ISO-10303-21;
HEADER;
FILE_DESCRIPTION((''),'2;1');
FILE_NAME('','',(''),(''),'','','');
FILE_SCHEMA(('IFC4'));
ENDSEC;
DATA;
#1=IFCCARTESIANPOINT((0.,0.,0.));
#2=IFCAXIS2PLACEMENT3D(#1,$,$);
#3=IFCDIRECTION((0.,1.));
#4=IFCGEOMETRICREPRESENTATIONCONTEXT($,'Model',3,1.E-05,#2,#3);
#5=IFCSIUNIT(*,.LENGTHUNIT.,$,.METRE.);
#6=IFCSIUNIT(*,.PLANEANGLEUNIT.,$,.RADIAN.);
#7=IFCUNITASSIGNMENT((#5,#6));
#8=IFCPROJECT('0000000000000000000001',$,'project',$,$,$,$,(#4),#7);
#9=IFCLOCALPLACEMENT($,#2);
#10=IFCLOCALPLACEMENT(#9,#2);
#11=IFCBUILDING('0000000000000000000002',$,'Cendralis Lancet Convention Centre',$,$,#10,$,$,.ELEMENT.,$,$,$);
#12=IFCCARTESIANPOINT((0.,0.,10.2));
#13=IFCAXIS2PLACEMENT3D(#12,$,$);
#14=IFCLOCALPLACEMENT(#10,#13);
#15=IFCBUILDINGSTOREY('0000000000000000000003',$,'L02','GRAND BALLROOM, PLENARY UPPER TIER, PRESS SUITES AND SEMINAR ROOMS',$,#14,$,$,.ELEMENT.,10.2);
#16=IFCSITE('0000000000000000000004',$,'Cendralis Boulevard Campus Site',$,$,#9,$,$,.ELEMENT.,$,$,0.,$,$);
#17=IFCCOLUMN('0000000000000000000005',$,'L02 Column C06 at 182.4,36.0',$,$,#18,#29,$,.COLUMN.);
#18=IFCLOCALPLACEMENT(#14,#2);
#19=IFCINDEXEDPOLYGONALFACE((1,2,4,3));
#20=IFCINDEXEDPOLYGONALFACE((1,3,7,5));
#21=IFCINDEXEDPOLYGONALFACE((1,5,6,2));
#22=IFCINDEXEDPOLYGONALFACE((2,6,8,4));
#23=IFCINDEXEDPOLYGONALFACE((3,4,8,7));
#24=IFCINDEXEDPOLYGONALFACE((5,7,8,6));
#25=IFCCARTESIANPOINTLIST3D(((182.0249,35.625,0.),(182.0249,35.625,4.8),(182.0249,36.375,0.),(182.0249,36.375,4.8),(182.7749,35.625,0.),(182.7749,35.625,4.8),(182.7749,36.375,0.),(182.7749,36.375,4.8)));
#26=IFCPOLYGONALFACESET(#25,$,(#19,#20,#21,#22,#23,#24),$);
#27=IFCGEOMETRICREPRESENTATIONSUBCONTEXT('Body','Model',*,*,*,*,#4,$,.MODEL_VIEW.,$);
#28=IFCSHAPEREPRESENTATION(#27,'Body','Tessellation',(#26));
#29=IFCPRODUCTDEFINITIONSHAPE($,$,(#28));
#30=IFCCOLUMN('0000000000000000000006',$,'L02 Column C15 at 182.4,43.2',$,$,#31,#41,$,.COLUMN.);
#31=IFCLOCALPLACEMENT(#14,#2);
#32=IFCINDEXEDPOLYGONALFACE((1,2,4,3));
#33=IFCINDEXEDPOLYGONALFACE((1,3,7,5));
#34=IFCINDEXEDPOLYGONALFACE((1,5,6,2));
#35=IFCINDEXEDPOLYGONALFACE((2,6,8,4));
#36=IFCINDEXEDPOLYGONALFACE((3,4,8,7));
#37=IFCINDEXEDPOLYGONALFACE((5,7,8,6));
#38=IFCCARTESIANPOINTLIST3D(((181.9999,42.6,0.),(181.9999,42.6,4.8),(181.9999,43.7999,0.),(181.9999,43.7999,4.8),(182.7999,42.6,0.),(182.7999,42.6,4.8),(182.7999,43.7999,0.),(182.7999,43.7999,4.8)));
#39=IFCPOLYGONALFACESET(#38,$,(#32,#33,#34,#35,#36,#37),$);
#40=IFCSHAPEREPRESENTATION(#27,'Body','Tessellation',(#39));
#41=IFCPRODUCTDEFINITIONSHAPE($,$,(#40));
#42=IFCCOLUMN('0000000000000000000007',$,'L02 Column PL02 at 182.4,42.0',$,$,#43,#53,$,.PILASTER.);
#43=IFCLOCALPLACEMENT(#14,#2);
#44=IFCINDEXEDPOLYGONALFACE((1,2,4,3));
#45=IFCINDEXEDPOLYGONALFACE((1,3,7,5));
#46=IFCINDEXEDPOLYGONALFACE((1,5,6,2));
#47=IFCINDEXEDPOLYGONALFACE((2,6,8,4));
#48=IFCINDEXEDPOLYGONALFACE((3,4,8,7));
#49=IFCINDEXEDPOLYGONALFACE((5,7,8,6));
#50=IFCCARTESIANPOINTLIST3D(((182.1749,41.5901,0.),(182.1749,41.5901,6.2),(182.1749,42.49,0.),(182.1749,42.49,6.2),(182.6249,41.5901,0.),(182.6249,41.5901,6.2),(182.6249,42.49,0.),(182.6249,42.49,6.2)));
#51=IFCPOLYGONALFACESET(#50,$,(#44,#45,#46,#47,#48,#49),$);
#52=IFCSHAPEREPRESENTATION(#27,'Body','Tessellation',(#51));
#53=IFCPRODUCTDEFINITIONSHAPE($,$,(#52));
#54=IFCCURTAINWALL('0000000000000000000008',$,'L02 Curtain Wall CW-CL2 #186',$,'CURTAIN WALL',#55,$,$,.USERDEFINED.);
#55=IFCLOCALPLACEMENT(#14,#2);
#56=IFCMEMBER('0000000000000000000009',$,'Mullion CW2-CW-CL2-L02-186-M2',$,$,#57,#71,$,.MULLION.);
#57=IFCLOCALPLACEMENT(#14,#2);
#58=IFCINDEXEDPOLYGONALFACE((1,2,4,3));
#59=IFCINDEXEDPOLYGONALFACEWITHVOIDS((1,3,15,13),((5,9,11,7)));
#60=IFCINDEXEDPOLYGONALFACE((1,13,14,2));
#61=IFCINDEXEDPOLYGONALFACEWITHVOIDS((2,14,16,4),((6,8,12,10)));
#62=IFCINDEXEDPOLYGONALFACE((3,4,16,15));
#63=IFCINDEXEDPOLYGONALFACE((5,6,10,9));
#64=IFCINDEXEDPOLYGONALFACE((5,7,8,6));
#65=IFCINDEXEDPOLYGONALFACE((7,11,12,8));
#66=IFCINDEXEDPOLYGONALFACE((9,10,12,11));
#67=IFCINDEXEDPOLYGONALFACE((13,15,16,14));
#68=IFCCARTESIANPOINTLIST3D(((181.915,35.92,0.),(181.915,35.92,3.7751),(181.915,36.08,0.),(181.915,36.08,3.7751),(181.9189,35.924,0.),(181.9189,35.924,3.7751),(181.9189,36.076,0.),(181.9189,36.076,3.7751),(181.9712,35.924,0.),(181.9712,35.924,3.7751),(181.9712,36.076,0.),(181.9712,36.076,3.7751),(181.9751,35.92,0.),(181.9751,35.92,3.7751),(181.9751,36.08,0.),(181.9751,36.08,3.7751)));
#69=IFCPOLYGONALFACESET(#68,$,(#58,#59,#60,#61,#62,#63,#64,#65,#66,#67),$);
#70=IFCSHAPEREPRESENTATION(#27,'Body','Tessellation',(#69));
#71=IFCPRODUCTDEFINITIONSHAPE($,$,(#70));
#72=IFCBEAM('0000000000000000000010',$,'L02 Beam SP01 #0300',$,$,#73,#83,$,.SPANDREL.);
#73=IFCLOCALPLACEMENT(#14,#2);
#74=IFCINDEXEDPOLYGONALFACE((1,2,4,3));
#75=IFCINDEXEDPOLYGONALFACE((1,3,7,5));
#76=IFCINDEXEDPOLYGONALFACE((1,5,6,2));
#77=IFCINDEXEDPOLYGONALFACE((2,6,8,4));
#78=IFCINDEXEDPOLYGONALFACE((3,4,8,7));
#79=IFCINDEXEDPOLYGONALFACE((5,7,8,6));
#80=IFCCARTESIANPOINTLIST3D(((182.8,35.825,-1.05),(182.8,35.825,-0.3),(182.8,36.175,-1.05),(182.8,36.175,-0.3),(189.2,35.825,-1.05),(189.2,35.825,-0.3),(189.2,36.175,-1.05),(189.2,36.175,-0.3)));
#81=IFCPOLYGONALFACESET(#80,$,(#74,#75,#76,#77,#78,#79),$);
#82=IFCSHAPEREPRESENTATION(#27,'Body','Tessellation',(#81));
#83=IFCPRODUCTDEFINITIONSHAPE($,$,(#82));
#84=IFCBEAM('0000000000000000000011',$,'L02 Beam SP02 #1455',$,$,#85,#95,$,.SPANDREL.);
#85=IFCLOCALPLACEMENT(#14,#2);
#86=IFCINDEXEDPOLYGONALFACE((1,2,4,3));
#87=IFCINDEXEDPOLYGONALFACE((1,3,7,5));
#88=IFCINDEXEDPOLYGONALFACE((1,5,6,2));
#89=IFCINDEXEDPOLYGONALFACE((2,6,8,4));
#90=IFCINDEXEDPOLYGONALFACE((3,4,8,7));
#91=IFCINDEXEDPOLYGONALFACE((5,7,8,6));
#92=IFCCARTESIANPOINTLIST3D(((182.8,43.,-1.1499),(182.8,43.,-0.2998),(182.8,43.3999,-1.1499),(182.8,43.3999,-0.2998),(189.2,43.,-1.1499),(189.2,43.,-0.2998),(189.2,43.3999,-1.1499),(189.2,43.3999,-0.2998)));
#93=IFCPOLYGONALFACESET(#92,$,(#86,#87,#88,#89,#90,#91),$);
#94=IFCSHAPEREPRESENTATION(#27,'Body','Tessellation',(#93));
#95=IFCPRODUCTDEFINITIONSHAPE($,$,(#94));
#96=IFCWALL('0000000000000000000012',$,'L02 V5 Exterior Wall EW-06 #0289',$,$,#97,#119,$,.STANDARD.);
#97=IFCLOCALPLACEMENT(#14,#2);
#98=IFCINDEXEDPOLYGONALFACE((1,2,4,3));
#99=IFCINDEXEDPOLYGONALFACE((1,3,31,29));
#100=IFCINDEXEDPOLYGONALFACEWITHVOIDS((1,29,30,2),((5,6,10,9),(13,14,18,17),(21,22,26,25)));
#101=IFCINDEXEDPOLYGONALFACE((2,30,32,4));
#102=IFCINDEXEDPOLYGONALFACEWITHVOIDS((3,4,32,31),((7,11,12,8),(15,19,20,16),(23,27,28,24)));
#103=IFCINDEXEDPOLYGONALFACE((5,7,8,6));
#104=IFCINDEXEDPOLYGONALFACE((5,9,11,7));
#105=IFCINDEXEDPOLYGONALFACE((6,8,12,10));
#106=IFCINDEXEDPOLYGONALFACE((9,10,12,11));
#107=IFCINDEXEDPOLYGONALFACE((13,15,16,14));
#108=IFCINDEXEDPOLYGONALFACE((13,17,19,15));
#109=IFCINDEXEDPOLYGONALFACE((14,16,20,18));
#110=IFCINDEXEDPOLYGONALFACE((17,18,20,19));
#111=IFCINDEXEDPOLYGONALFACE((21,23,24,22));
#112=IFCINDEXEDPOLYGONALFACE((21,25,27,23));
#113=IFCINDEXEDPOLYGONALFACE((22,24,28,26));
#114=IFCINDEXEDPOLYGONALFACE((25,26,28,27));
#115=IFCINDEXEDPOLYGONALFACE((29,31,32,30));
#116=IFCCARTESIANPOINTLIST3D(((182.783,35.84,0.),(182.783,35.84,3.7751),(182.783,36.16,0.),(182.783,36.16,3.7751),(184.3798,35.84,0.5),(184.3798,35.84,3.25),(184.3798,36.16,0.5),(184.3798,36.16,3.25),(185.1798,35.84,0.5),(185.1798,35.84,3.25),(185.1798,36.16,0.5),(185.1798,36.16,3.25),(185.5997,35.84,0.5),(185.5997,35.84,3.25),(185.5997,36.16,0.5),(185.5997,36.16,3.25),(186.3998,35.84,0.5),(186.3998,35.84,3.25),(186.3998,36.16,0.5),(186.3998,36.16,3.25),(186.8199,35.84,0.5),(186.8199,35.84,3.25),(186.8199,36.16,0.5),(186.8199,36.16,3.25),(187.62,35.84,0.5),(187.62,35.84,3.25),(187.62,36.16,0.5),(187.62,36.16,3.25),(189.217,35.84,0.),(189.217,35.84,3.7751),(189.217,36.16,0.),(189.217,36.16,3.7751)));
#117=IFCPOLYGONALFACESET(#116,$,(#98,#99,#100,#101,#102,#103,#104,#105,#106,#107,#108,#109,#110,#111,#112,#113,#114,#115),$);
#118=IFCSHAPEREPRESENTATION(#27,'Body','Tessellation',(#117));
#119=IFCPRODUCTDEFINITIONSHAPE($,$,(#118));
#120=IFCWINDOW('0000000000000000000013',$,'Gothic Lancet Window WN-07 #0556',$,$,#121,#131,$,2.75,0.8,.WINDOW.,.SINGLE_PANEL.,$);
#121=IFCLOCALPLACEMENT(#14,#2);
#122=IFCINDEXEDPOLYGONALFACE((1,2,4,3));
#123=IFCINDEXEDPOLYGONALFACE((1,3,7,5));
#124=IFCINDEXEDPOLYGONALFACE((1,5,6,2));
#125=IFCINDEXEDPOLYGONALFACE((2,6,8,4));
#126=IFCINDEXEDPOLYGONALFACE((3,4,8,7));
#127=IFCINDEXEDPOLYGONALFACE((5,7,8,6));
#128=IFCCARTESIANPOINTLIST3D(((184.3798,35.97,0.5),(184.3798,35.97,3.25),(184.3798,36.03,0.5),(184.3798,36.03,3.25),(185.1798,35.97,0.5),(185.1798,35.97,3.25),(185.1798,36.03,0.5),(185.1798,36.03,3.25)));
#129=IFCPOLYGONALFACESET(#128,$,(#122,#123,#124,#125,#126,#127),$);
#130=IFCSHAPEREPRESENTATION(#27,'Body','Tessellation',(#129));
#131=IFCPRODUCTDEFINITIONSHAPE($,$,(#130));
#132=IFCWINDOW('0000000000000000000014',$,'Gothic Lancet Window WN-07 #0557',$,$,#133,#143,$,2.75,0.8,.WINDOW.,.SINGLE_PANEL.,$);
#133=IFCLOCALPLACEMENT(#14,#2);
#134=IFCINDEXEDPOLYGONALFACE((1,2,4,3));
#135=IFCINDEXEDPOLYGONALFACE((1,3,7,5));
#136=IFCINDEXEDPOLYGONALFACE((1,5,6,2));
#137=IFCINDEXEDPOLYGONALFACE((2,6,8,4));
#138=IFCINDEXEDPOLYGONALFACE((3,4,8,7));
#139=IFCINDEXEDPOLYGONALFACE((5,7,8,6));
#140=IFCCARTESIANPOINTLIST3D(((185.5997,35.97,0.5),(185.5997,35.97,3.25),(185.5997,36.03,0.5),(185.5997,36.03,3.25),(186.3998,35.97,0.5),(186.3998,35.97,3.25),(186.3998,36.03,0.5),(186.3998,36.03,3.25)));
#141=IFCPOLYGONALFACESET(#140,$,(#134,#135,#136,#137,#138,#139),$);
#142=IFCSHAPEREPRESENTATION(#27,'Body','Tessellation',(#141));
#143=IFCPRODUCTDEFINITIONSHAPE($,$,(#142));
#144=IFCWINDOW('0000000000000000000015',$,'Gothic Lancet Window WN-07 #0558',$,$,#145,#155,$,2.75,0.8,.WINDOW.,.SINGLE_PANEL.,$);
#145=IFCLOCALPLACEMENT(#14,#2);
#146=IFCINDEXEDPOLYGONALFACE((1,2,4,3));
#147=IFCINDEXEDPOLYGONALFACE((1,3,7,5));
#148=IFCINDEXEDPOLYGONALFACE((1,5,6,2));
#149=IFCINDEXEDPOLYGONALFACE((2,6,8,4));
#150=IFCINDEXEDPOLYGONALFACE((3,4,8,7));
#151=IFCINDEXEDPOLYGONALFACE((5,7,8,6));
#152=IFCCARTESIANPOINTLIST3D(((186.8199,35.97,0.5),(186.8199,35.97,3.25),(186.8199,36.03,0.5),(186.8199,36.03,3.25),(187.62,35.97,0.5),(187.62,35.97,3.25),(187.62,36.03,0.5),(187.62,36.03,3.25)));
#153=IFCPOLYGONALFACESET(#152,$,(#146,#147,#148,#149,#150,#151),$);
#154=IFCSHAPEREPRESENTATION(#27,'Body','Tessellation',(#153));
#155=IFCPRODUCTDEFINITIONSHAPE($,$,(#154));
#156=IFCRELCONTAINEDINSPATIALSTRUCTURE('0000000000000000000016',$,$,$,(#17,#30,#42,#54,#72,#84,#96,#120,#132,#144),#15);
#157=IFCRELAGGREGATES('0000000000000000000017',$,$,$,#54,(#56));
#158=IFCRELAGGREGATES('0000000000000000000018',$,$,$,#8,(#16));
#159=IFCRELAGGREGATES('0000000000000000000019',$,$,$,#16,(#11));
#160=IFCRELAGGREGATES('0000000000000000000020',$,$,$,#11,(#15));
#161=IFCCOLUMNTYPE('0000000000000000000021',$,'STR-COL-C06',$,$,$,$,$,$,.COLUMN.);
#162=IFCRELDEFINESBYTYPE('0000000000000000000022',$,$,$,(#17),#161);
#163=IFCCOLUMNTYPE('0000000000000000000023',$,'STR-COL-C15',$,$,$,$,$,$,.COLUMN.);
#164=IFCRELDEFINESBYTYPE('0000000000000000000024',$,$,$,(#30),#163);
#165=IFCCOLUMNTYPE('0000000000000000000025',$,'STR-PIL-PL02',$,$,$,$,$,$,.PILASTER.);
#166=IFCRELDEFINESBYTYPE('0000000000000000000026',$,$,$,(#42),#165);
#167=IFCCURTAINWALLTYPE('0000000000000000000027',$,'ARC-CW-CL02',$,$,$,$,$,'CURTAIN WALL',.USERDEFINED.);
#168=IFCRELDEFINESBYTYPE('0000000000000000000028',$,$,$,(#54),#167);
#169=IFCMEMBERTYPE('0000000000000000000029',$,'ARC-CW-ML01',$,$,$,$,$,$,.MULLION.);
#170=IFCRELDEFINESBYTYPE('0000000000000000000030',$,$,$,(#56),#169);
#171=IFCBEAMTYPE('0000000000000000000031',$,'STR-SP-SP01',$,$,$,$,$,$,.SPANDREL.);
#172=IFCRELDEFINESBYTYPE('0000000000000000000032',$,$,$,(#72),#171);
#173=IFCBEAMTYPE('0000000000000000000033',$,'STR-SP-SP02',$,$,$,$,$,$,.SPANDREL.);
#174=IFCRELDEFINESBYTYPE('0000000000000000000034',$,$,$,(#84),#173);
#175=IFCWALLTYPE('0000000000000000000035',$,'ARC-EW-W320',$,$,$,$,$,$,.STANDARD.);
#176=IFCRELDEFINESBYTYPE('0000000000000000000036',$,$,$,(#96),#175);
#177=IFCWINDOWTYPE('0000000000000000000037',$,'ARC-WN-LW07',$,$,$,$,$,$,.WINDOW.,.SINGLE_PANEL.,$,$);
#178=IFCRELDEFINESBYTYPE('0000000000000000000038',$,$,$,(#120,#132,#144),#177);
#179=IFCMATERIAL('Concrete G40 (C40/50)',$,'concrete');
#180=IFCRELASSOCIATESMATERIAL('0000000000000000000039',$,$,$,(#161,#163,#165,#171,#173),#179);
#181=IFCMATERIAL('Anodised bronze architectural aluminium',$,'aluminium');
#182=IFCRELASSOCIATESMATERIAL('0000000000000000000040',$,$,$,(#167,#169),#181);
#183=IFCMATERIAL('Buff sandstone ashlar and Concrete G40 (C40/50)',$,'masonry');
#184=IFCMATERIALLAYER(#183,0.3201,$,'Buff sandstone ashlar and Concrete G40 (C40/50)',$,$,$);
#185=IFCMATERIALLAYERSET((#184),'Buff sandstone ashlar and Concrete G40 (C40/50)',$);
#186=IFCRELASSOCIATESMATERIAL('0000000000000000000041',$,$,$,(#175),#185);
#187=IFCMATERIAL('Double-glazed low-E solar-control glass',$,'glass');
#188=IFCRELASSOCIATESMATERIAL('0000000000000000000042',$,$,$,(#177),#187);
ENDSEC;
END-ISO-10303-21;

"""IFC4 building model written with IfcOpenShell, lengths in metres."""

from ifc_helpers import new_model, si_unit, direction, frame, frame_2d, origin, origin_2d, place, context, subcontext, project, spatial, rectangle, hollow_rectangle, extrude, material, layer, layer_set, material_profile, profile_set, type_object, element, fill, aggregate, save


model = new_model("IFC4")

# Units and contexts
model_context = context("Model", 3, precision=1e-05, world=origin(), true_north=direction((0.0, 1.0)))
body_context = subcontext(model_context, "Body", "Model", "MODEL_VIEW")
ifc_project = project(units=[si_unit("LENGTHUNIT", "METRE"), si_unit("PLANEANGLEUNIT", "RADIAN")], contexts=[model_context])

# Site, building, storey
site_placement = place(None, origin())
site = spatial("IfcSite", under=ifc_project, at=site_placement, Name="Cendralis Boulevard Campus Site", CompositionType="ELEMENT", RefElevation=0.0)
building_placement = place(site_placement, origin())
building = spatial("IfcBuilding", under=site, at=building_placement, Name="Cendralis Lancet Convention Centre", CompositionType="ELEMENT")
storey_placement = place(building_placement, frame((0.0, 0.0, 10.2)))
storey = spatial("IfcBuildingStorey", under=building, at=storey_placement, Name="L02", Description="GRAND BALLROOM, PLENARY UPPER TIER, PRESS SUITES AND SEMINAR ROOMS", CompositionType="ELEMENT", Elevation=10.2)

# Columns
ifc_material_1 = material(Name="Concrete G40 (C40/50)", Category="concrete")
ifc_material_profile_1 = material_profile(ifc_material_1, rectangle(XDim=0.75, YDim=0.75, at=origin_2d()), Name="RC 750x750")
ifc_profile_set_1 = profile_set([ifc_material_profile_1], Name="Concrete G40 (C40/50)")
column_type_1 = type_object("IfcColumnType", Name="STR-COL-C06", PredefinedType="COLUMN", material=ifc_profile_set_1)
column_1_placement = place(storey_placement, frame((182.3999, 36.0, 0.0), z_axis=(0.0, 0.0, 1.0), x_axis=(1.0, 0.0, 0.0)))
element("IfcColumn", 1, at=column_1_placement, inside=storey, type_object=column_type_1, Name="L02 Column C06 at 182.4,36.0", PredefinedType="COLUMN", context=body_context, shape_type="SweptSolid", body=[
    extrude(rectangle(XDim=0.75, YDim=0.75, at=origin_2d()), origin(), (0.0, 0.0, 1.0), 4.8),
])
ifc_material_profile_2 = material_profile(ifc_material_1, rectangle(XDim=0.8, YDim=1.2, at=origin_2d()), Name="RC 800x1200")
ifc_profile_set_2 = profile_set([ifc_material_profile_2], Name="Concrete G40 (C40/50)")
column_type_2 = type_object("IfcColumnType", Name="STR-COL-C15", PredefinedType="COLUMN", material=ifc_profile_set_2)
column_2_placement = place(storey_placement, frame((182.3999, 43.2, 0.0), z_axis=(0.0, 0.0, 1.0), x_axis=(1.0, 0.0, 0.0)))
element("IfcColumn", 2, at=column_2_placement, inside=storey, type_object=column_type_2, Name="L02 Column C15 at 182.4,43.2", PredefinedType="COLUMN", context=body_context, shape_type="SweptSolid", body=[
    extrude(rectangle(XDim=0.8, YDim=1.2, at=origin_2d()), origin(), (0.0, 0.0, 1.0), 4.8),
])
ifc_material_profile_3 = material_profile(ifc_material_1, rectangle(XDim=0.45, YDim=0.8999, at=origin_2d()), Name="RC 450x900")
ifc_profile_set_3 = profile_set([ifc_material_profile_3], Name="Concrete G40 (C40/50)")
column_type_3 = type_object("IfcColumnType", Name="STR-PIL-PL02", PredefinedType="PILASTER", material=ifc_profile_set_3)
column_3_placement = place(storey_placement, frame((182.3999, 42.04, 0.0), z_axis=(0.0, 0.0, 1.0), x_axis=(1.0, 0.0, 0.0)))
element("IfcColumn", 3, at=column_3_placement, inside=storey, type_object=column_type_3, Name="L02 Column PL02 at 182.4,42.0", PredefinedType="PILASTER", context=body_context, shape_type="SweptSolid", body=[
    extrude(rectangle(XDim=0.45, YDim=0.8999, at=origin_2d()), origin(), (0.0, 0.0, 1.0), 6.2),
])

# Curtain wall, member
ifc_material_2 = material(Name="Anodised bronze architectural aluminium", Category="aluminium")
curtain_wall_type = type_object("IfcCurtainWallType", Name="ARC-CW-CL02", ElementType="CURTAIN WALL", PredefinedType="USERDEFINED", material=ifc_material_2)
curtain_wall_placement = place(storey_placement, origin())
curtain_wall = element("IfcCurtainWall", 4, at=curtain_wall_placement, inside=storey, type_object=curtain_wall_type, Name="L02 Curtain Wall CW-CL2 #186", ObjectType="CURTAIN WALL", PredefinedType="USERDEFINED")
ifc_material_profile_4 = material_profile(ifc_material_2, hollow_rectangle(XDim=0.0601, YDim=0.1599, WallThickness=0.0039, at=origin_2d()), Name="AL-MULL 60x160x4.0")
ifc_profile_set_4 = profile_set([ifc_material_profile_4], Name="Anodised bronze architectural aluminium")
member_type = type_object("IfcMemberType", Name="ARC-CW-ML01", PredefinedType="MULLION", material=ifc_profile_set_4)
member_placement = place(storey_placement, frame((181.9451, 36.0, 0.0), z_axis=(0.0, 0.0, 1.0), x_axis=(1.0, 0.0, 0.0)))
member = element("IfcMember", 5, at=member_placement, type_object=member_type, Name="Mullion CW2-CW-CL2-L02-186-M2", PredefinedType="MULLION", context=body_context, shape_type="SweptSolid", body=[
    extrude(hollow_rectangle(XDim=0.0601, YDim=0.1599, WallThickness=0.0039, at=origin_2d()), origin(), (0.0, 0.0, 1.0), 3.7751),
])
aggregate(curtain_wall, [member])

# Beams
ifc_material_profile_5 = material_profile(ifc_material_1, rectangle(XDim=0.3501, YDim=0.75, at=origin_2d()), Name="RCB 350x750")
ifc_profile_set_5 = profile_set([ifc_material_profile_5], Name="Concrete G40 (C40/50)")
beam_type_1 = type_object("IfcBeamType", Name="STR-SP-SP01", PredefinedType="SPANDREL", material=ifc_profile_set_5)
beam_1_placement = place(storey_placement, frame((182.8, 36.0, -0.675), z_axis=(1.0, 0.0, 0.0), x_axis=(0.0, 1.0, 0.0)))
element("IfcBeam", 6, at=beam_1_placement, inside=storey, type_object=beam_type_1, Name="L02 Beam SP01 #0300", PredefinedType="SPANDREL", context=body_context, shape_type="SweptSolid", body=[
    extrude(rectangle(XDim=0.3501, YDim=0.75, at=origin_2d()), origin(), (0.0, 0.0, 1.0), 6.3999),
])
ifc_material_profile_6 = material_profile(ifc_material_1, rectangle(XDim=0.3999, YDim=0.8501, at=origin_2d()), Name="RCB 400x850")
ifc_profile_set_6 = profile_set([ifc_material_profile_6], Name="Concrete G40 (C40/50)")
beam_type_2 = type_object("IfcBeamType", Name="STR-SP-SP02", PredefinedType="SPANDREL", material=ifc_profile_set_6)
beam_2_placement = place(storey_placement, frame((182.8, 43.2, -0.7249), z_axis=(1.0, 0.0, 0.0), x_axis=(0.0, 1.0, 0.0)))
element("IfcBeam", 7, at=beam_2_placement, inside=storey, type_object=beam_type_2, Name="L02 Beam SP02 #1455", PredefinedType="SPANDREL", context=body_context, shape_type="SweptSolid", body=[
    extrude(rectangle(XDim=0.3999, YDim=0.8501, at=origin_2d()), origin(), (0.0, 0.0, 1.0), 6.3999),
])

# Wall, openings, windows
ifc_material_3 = material(Name="Buff sandstone ashlar and Concrete G40 (C40/50)", Category="masonry")
ifc_layer_1 = layer(ifc_material_3, 0.3201, Name="Buff sandstone ashlar and Concrete G40 (C40/50)")
ifc_layer_set_1 = layer_set([ifc_layer_1], Name="Buff sandstone ashlar and Concrete G40 (C40/50)")
wall_type_1 = type_object("IfcWallType", Name="ARC-EW-W320", PredefinedType="STANDARD", material=ifc_layer_set_1)
wall_1_placement = place(storey_placement, frame((182.783, 36.0, 0.0), z_axis=(0.0, 0.0, 1.0), x_axis=(1.0, 0.0, 0.0)))
wall_1 = element("IfcWall", 8, at=wall_1_placement, inside=storey, type_object=wall_type_1, Name="L02 V5 Exterior Wall EW-06 #0289", PredefinedType="STANDARD", context=body_context, shape_type="SweptSolid", body=[
    extrude(rectangle(XDim=6.4341, YDim=0.3201, at=frame_2d((3.217, 0.0))), origin(), (0.0, 0.0, 1.0), 3.7751),
])
opening_1_placement = place(wall_1_placement, frame((1.5969, 0.0, 0.5)))
opening_1 = element("IfcOpeningElement", 9, at=opening_1_placement, cuts=wall_1, PredefinedType="OPENING", context=body_context, shape_type="SweptSolid", body=[
    extrude(rectangle(XDim=0.8, YDim=2.75, at=frame_2d((0.3999, 1.375))), frame((0.0, 0.1699, 0.0), z_axis=(0.0, -1.0, 0.0), x_axis=(1.0, 0.0, 0.0)), (0.0, 0.0, 1.0), 0.3401),
])
opening_2_placement = place(wall_1_placement, frame((2.8169, 0.0, 0.5)))
opening_2 = element("IfcOpeningElement", 10, at=opening_2_placement, cuts=wall_1, PredefinedType="OPENING", context=body_context, shape_type="SweptSolid", body=[
    extrude(rectangle(XDim=0.8, YDim=2.75, at=frame_2d((0.3999, 1.375))), frame((0.0, 0.1699, 0.0), z_axis=(0.0, -1.0, 0.0), x_axis=(1.0, 0.0, 0.0)), (0.0, 0.0, 1.0), 0.3401),
])
opening_3_placement = place(wall_1_placement, frame((4.0371, 0.0, 0.5)))
opening_3 = element("IfcOpeningElement", 11, at=opening_3_placement, cuts=wall_1, PredefinedType="OPENING", context=body_context, shape_type="SweptSolid", body=[
    extrude(rectangle(XDim=0.8, YDim=2.75, at=frame_2d((0.3999, 1.375))), frame((0.0, 0.1699, 0.0), z_axis=(0.0, -1.0, 0.0), x_axis=(1.0, 0.0, 0.0)), (0.0, 0.0, 1.0), 0.3401),
])
ifc_material_4 = material(Name="Double-glazed low-E solar-control glass", Category="glass")
window_type = type_object("IfcWindowType", Name="ARC-WN-LW07", PartitioningType="SINGLE_PANEL", PredefinedType="WINDOW", material=ifc_material_4)
window_1_placement = place(opening_1_placement, origin())
window_1 = element("IfcWindow", 12, at=window_1_placement, inside=storey, type_object=window_type, Name="Gothic Lancet Window WN-07 #0556", OverallHeight=2.75, OverallWidth=0.8, PartitioningType="SINGLE_PANEL", PredefinedType="WINDOW", context=body_context, shape_type="SweptSolid", body=[
    extrude(rectangle(XDim=0.8, YDim=2.75, at=frame_2d((0.3999, 1.375))), frame((0.0, 0.03, 0.0), z_axis=(0.0, -1.0, 0.0), x_axis=(1.0, 0.0, 0.0)), (0.0, 0.0, 1.0), 0.0601),
])
fill(opening_1, window_1)
window_2_placement = place(opening_2_placement, origin())
window_2 = element("IfcWindow", 13, at=window_2_placement, inside=storey, type_object=window_type, Name="Gothic Lancet Window WN-07 #0557", OverallHeight=2.75, OverallWidth=0.8, PartitioningType="SINGLE_PANEL", PredefinedType="WINDOW", context=body_context, shape_type="SweptSolid", body=[
    extrude(rectangle(XDim=0.8, YDim=2.75, at=frame_2d((0.3999, 1.375))), frame((0.0, 0.03, 0.0), z_axis=(0.0, -1.0, 0.0), x_axis=(1.0, 0.0, 0.0)), (0.0, 0.0, 1.0), 0.0601),
])
fill(opening_2, window_2)
window_3_placement = place(opening_3_placement, origin())
window_3 = element("IfcWindow", 14, at=window_3_placement, inside=storey, type_object=window_type, Name="Gothic Lancet Window WN-07 #0558", OverallHeight=2.75, OverallWidth=0.8, PartitioningType="SINGLE_PANEL", PredefinedType="WINDOW", context=body_context, shape_type="SweptSolid", body=[
    extrude(rectangle(XDim=0.8, YDim=2.75, at=frame_2d((0.3999, 1.375))), frame((0.0, 0.03, 0.0), z_axis=(0.0, -1.0, 0.0), x_axis=(1.0, 0.0, 0.0)), (0.0, 0.0, 1.0), 0.0601),
])
fill(opening_3, window_3)

save(model, "model.ifc")
